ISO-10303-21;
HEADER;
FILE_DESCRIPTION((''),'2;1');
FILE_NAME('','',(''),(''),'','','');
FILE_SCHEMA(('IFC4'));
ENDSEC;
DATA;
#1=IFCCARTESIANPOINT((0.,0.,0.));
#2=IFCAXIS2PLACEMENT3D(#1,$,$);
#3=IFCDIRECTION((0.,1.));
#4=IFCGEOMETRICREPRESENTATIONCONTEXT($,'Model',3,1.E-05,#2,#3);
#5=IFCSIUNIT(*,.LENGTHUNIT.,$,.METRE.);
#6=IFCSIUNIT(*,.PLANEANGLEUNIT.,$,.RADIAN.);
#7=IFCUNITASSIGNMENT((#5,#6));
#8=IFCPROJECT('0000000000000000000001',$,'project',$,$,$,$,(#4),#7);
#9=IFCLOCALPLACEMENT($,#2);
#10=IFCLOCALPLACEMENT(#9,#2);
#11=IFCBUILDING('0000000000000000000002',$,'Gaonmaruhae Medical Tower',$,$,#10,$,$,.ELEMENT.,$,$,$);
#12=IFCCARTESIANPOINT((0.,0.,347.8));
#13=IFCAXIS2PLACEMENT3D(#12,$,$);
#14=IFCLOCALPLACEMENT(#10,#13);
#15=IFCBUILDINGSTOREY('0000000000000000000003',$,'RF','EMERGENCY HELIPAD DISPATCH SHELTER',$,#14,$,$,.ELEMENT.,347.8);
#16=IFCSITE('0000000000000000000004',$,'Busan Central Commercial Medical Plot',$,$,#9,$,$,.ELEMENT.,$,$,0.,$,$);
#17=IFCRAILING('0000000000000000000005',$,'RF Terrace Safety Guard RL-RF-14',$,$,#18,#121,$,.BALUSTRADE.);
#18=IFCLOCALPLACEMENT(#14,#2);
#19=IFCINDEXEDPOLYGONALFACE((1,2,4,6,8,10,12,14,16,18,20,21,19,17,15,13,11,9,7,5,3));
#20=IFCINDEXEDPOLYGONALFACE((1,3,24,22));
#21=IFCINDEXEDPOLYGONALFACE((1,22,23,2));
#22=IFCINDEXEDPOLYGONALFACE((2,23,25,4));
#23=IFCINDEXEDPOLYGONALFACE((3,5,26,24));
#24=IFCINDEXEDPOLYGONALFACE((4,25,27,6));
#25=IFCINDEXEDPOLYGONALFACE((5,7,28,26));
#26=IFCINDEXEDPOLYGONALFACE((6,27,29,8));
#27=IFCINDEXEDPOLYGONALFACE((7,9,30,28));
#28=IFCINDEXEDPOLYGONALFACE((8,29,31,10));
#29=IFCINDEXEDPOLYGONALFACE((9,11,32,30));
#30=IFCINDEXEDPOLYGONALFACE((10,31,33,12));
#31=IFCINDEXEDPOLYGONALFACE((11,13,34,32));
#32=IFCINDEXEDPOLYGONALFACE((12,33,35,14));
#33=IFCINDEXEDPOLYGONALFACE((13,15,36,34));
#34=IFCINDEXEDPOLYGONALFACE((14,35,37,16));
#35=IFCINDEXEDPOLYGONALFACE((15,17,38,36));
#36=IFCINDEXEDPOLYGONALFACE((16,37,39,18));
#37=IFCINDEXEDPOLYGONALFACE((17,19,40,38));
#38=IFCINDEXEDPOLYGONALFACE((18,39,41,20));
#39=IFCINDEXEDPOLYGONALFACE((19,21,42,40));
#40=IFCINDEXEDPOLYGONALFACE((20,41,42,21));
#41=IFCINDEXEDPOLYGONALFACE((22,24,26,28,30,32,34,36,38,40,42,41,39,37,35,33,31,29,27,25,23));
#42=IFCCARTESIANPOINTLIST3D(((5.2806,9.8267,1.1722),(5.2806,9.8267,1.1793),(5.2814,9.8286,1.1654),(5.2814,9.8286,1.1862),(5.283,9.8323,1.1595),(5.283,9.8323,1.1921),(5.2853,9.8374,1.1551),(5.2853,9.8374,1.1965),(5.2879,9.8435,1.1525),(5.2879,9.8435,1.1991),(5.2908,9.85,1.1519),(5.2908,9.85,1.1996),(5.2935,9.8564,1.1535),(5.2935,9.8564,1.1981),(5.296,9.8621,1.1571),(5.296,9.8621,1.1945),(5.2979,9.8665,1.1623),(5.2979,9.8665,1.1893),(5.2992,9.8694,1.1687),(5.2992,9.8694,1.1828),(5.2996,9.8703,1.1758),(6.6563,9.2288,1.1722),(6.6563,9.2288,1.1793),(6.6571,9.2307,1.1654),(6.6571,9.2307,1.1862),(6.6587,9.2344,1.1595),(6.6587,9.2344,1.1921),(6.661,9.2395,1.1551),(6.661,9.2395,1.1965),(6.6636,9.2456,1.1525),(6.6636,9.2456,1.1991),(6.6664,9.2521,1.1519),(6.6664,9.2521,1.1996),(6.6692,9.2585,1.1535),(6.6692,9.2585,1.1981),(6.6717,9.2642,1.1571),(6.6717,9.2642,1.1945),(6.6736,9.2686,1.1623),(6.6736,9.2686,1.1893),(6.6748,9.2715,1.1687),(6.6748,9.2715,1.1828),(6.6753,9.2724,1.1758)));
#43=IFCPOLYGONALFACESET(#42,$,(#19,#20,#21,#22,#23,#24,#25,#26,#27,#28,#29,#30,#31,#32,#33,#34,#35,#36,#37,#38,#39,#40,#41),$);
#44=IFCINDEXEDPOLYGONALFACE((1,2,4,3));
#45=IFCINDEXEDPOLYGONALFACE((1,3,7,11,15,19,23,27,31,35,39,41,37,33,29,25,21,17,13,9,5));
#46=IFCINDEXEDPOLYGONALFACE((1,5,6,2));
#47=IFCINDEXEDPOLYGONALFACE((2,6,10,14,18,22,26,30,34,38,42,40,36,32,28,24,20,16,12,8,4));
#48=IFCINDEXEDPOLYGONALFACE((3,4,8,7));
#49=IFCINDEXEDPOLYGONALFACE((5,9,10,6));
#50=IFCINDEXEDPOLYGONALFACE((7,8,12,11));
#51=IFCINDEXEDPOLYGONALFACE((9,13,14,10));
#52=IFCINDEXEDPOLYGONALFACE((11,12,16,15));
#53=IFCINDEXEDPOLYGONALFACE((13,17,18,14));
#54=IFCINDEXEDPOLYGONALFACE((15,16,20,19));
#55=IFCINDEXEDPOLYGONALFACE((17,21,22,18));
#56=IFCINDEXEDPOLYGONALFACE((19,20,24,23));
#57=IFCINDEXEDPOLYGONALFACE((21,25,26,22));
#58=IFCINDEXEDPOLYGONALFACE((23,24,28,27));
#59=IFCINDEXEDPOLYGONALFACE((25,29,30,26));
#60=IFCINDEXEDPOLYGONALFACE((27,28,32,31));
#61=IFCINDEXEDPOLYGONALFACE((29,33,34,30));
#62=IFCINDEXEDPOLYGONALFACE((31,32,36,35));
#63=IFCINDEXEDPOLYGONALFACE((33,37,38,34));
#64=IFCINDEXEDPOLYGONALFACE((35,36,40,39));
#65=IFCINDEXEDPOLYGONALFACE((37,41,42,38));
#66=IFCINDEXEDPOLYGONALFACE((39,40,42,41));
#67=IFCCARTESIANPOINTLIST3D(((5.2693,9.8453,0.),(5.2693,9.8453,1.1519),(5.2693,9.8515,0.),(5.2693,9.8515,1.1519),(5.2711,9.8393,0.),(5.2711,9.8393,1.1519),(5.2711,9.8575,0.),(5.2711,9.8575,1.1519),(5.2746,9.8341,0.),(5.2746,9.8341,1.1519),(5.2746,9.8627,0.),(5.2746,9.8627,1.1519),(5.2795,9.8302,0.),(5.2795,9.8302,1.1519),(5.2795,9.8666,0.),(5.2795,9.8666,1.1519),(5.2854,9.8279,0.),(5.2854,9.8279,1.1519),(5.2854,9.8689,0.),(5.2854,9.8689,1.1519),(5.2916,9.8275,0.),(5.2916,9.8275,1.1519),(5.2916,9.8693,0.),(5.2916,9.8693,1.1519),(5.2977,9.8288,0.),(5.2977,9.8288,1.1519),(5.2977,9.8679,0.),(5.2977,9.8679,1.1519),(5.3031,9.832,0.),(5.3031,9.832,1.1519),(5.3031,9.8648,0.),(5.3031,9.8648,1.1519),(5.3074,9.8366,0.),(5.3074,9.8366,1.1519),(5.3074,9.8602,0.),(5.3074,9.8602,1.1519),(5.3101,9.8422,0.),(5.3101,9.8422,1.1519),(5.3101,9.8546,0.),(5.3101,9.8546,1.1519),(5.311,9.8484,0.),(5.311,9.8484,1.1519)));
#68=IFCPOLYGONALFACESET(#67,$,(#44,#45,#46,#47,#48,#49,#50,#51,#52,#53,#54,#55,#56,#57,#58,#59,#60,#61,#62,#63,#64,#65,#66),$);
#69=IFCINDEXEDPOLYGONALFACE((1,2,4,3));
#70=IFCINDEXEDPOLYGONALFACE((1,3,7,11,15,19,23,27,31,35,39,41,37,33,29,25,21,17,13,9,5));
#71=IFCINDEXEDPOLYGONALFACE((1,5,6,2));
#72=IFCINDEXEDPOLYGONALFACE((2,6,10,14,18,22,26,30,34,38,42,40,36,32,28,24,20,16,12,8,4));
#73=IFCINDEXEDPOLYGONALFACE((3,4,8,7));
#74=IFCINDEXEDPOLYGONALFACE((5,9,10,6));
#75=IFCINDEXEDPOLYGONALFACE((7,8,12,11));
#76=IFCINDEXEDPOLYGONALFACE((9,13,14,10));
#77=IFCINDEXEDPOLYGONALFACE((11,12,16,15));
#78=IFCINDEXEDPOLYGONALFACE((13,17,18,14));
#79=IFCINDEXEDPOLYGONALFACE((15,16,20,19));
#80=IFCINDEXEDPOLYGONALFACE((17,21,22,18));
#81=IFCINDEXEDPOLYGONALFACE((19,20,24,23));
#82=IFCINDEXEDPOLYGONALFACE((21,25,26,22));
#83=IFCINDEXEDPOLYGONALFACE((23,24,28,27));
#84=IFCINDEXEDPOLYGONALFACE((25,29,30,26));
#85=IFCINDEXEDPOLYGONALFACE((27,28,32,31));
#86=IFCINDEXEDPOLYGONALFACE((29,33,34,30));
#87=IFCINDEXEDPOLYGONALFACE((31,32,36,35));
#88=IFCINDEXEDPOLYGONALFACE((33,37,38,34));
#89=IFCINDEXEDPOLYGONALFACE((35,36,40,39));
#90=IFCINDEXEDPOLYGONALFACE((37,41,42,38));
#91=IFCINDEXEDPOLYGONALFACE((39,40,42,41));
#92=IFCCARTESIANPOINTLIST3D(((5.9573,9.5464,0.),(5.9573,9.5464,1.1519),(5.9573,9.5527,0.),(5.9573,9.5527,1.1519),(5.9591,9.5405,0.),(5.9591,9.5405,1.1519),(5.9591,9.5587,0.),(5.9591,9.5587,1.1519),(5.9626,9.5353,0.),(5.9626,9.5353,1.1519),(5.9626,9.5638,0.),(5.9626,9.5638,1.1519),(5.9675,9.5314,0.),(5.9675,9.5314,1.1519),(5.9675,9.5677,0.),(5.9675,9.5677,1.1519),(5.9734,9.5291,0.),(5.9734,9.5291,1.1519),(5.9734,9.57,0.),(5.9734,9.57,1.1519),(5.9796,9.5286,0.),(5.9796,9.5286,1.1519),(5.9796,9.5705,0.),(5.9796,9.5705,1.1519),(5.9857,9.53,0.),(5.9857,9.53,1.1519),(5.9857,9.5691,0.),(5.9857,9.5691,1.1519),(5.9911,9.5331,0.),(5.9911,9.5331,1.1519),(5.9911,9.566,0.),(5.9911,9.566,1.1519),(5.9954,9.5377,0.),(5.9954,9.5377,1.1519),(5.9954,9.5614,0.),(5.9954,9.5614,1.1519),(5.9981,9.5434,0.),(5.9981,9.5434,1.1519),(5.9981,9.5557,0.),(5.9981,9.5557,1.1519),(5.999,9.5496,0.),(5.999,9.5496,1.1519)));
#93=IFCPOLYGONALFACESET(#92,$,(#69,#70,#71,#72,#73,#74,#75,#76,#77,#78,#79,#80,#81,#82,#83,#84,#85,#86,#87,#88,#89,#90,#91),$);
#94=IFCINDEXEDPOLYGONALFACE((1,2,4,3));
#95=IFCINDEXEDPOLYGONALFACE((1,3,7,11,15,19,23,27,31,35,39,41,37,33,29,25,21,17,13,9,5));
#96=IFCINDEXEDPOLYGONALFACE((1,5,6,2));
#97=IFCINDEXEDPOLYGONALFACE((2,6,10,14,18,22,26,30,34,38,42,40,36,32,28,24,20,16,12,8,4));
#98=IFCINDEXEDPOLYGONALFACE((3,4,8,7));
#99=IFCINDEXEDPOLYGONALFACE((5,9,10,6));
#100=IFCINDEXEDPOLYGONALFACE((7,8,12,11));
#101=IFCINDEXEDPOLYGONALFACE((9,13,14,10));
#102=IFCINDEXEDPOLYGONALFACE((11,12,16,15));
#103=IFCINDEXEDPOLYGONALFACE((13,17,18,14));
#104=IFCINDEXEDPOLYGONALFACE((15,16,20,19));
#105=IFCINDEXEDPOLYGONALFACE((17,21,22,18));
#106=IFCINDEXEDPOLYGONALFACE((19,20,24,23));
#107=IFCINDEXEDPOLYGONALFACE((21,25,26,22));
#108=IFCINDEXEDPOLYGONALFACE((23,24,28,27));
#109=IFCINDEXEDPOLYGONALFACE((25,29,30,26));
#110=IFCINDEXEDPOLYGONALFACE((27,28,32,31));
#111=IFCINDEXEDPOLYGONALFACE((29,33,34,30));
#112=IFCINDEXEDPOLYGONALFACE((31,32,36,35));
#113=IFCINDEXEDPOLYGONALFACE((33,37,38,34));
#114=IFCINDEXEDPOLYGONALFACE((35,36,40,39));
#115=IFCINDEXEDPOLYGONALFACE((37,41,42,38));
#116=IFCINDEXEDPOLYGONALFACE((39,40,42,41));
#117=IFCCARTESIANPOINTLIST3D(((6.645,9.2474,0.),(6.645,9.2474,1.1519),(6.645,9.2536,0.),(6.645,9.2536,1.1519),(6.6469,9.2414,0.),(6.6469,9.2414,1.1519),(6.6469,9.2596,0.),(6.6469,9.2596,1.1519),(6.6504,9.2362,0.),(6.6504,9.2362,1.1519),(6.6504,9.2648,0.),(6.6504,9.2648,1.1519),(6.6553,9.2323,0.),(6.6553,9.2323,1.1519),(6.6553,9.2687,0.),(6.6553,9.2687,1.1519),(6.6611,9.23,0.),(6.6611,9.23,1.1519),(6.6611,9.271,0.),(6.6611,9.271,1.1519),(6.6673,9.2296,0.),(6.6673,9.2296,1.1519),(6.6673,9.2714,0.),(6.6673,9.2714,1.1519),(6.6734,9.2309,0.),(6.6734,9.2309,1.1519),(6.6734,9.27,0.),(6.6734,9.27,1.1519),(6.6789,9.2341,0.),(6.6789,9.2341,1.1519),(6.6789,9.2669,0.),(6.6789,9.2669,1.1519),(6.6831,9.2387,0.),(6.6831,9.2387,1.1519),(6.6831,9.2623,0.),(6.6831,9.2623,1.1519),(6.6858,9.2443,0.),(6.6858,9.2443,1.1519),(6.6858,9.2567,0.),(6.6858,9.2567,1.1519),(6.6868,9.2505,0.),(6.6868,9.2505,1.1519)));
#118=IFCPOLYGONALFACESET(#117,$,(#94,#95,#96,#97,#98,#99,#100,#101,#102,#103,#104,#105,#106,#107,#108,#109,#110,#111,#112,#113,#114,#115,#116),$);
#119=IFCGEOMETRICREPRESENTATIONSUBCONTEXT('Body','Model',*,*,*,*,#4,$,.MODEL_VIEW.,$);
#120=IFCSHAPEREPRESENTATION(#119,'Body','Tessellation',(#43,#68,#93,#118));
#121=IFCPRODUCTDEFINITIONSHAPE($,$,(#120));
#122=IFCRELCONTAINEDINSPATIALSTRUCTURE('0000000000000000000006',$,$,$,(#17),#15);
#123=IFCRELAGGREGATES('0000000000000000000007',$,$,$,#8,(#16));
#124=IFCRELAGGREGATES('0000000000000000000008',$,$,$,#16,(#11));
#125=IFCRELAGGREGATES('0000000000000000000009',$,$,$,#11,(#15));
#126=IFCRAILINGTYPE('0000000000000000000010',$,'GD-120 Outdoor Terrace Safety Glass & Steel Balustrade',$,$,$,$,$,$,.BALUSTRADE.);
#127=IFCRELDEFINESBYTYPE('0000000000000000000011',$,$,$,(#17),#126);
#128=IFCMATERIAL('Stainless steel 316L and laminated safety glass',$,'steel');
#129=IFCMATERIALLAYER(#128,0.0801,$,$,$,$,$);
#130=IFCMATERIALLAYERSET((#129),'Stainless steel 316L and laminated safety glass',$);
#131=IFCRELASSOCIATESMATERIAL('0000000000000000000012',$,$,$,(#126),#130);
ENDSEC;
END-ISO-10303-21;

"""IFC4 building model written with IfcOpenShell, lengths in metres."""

from ifc_helpers import new_model, si_unit, direction, frame, origin, origin_2d, place, context, subcontext, project, spatial, circle, extrude, material, layer, layer_set, type_object, element, save


model = new_model("IFC4")

# Units and contexts
model_context = context("Model", 3, precision=1e-05, world=origin(), true_north=direction((0.0, 1.0)))
body_context = subcontext(model_context, "Body", "Model", "MODEL_VIEW")
ifc_project = project(units=[si_unit("LENGTHUNIT", "METRE"), si_unit("PLANEANGLEUNIT", "RADIAN")], contexts=[model_context])

# Site, building, storey
site_placement = place(None, origin())
site = spatial("IfcSite", under=ifc_project, at=site_placement, Name="Busan Central Commercial Medical Plot", CompositionType="ELEMENT", RefElevation=0.0)
building_placement = place(site_placement, origin())
building = spatial("IfcBuilding", under=site, at=building_placement, Name="Gaonmaruhae Medical Tower", CompositionType="ELEMENT")
storey_placement = place(building_placement, frame((0.0, 0.0, 347.8)))
storey = spatial("IfcBuildingStorey", under=building, at=storey_placement, Name="RF", Description="EMERGENCY HELIPAD DISPATCH SHELTER", CompositionType="ELEMENT", Elevation=347.8)

# Railing
ifc_material_1 = material(Name="Stainless steel 316L and laminated safety glass", Category="steel")
ifc_layer_1 = layer(ifc_material_1, 0.0801)
ifc_layer_set_1 = layer_set([ifc_layer_1], Name="Stainless steel 316L and laminated safety glass")
railing_type = type_object("IfcRailingType", Name="GD-120 Outdoor Terrace Safety Glass & Steel Balustrade", PredefinedType="BALUSTRADE", material=ifc_layer_set_1)
railing_1_placement = place(storey_placement, frame((5.29, 9.8484, 0.0)))
element("IfcRailing", 1, at=railing_1_placement, inside=storey, type_object=railing_type, Name="RF Terrace Safety Guard RL-RF-14", PredefinedType="BALUSTRADE", context=body_context, shape_type="SweptSolid", body=[
    extrude(circle(Radius=0.0239, at=origin_2d()), frame((0.0, 0.0, 1.1758), z_axis=(0.91713, -0.398589, 0.0), x_axis=(0.398589, 0.91713, 0.0)), (0.0, 0.0, 1.0), 1.5),
    extrude(circle(Radius=0.021, at=origin_2d()), origin(), (0.0, 0.0, 1.0), 1.1519),
    extrude(circle(Radius=0.021, at=origin_2d()), frame((0.688, -0.2988, 0.0)), (0.0, 0.0, 1.0), 1.1519),
    extrude(circle(Radius=0.021, at=origin_2d()), frame((1.3757, -0.5979, 0.0)), (0.0, 0.0, 1.0), 1.1519),
])

save(model, "model.ifc")
